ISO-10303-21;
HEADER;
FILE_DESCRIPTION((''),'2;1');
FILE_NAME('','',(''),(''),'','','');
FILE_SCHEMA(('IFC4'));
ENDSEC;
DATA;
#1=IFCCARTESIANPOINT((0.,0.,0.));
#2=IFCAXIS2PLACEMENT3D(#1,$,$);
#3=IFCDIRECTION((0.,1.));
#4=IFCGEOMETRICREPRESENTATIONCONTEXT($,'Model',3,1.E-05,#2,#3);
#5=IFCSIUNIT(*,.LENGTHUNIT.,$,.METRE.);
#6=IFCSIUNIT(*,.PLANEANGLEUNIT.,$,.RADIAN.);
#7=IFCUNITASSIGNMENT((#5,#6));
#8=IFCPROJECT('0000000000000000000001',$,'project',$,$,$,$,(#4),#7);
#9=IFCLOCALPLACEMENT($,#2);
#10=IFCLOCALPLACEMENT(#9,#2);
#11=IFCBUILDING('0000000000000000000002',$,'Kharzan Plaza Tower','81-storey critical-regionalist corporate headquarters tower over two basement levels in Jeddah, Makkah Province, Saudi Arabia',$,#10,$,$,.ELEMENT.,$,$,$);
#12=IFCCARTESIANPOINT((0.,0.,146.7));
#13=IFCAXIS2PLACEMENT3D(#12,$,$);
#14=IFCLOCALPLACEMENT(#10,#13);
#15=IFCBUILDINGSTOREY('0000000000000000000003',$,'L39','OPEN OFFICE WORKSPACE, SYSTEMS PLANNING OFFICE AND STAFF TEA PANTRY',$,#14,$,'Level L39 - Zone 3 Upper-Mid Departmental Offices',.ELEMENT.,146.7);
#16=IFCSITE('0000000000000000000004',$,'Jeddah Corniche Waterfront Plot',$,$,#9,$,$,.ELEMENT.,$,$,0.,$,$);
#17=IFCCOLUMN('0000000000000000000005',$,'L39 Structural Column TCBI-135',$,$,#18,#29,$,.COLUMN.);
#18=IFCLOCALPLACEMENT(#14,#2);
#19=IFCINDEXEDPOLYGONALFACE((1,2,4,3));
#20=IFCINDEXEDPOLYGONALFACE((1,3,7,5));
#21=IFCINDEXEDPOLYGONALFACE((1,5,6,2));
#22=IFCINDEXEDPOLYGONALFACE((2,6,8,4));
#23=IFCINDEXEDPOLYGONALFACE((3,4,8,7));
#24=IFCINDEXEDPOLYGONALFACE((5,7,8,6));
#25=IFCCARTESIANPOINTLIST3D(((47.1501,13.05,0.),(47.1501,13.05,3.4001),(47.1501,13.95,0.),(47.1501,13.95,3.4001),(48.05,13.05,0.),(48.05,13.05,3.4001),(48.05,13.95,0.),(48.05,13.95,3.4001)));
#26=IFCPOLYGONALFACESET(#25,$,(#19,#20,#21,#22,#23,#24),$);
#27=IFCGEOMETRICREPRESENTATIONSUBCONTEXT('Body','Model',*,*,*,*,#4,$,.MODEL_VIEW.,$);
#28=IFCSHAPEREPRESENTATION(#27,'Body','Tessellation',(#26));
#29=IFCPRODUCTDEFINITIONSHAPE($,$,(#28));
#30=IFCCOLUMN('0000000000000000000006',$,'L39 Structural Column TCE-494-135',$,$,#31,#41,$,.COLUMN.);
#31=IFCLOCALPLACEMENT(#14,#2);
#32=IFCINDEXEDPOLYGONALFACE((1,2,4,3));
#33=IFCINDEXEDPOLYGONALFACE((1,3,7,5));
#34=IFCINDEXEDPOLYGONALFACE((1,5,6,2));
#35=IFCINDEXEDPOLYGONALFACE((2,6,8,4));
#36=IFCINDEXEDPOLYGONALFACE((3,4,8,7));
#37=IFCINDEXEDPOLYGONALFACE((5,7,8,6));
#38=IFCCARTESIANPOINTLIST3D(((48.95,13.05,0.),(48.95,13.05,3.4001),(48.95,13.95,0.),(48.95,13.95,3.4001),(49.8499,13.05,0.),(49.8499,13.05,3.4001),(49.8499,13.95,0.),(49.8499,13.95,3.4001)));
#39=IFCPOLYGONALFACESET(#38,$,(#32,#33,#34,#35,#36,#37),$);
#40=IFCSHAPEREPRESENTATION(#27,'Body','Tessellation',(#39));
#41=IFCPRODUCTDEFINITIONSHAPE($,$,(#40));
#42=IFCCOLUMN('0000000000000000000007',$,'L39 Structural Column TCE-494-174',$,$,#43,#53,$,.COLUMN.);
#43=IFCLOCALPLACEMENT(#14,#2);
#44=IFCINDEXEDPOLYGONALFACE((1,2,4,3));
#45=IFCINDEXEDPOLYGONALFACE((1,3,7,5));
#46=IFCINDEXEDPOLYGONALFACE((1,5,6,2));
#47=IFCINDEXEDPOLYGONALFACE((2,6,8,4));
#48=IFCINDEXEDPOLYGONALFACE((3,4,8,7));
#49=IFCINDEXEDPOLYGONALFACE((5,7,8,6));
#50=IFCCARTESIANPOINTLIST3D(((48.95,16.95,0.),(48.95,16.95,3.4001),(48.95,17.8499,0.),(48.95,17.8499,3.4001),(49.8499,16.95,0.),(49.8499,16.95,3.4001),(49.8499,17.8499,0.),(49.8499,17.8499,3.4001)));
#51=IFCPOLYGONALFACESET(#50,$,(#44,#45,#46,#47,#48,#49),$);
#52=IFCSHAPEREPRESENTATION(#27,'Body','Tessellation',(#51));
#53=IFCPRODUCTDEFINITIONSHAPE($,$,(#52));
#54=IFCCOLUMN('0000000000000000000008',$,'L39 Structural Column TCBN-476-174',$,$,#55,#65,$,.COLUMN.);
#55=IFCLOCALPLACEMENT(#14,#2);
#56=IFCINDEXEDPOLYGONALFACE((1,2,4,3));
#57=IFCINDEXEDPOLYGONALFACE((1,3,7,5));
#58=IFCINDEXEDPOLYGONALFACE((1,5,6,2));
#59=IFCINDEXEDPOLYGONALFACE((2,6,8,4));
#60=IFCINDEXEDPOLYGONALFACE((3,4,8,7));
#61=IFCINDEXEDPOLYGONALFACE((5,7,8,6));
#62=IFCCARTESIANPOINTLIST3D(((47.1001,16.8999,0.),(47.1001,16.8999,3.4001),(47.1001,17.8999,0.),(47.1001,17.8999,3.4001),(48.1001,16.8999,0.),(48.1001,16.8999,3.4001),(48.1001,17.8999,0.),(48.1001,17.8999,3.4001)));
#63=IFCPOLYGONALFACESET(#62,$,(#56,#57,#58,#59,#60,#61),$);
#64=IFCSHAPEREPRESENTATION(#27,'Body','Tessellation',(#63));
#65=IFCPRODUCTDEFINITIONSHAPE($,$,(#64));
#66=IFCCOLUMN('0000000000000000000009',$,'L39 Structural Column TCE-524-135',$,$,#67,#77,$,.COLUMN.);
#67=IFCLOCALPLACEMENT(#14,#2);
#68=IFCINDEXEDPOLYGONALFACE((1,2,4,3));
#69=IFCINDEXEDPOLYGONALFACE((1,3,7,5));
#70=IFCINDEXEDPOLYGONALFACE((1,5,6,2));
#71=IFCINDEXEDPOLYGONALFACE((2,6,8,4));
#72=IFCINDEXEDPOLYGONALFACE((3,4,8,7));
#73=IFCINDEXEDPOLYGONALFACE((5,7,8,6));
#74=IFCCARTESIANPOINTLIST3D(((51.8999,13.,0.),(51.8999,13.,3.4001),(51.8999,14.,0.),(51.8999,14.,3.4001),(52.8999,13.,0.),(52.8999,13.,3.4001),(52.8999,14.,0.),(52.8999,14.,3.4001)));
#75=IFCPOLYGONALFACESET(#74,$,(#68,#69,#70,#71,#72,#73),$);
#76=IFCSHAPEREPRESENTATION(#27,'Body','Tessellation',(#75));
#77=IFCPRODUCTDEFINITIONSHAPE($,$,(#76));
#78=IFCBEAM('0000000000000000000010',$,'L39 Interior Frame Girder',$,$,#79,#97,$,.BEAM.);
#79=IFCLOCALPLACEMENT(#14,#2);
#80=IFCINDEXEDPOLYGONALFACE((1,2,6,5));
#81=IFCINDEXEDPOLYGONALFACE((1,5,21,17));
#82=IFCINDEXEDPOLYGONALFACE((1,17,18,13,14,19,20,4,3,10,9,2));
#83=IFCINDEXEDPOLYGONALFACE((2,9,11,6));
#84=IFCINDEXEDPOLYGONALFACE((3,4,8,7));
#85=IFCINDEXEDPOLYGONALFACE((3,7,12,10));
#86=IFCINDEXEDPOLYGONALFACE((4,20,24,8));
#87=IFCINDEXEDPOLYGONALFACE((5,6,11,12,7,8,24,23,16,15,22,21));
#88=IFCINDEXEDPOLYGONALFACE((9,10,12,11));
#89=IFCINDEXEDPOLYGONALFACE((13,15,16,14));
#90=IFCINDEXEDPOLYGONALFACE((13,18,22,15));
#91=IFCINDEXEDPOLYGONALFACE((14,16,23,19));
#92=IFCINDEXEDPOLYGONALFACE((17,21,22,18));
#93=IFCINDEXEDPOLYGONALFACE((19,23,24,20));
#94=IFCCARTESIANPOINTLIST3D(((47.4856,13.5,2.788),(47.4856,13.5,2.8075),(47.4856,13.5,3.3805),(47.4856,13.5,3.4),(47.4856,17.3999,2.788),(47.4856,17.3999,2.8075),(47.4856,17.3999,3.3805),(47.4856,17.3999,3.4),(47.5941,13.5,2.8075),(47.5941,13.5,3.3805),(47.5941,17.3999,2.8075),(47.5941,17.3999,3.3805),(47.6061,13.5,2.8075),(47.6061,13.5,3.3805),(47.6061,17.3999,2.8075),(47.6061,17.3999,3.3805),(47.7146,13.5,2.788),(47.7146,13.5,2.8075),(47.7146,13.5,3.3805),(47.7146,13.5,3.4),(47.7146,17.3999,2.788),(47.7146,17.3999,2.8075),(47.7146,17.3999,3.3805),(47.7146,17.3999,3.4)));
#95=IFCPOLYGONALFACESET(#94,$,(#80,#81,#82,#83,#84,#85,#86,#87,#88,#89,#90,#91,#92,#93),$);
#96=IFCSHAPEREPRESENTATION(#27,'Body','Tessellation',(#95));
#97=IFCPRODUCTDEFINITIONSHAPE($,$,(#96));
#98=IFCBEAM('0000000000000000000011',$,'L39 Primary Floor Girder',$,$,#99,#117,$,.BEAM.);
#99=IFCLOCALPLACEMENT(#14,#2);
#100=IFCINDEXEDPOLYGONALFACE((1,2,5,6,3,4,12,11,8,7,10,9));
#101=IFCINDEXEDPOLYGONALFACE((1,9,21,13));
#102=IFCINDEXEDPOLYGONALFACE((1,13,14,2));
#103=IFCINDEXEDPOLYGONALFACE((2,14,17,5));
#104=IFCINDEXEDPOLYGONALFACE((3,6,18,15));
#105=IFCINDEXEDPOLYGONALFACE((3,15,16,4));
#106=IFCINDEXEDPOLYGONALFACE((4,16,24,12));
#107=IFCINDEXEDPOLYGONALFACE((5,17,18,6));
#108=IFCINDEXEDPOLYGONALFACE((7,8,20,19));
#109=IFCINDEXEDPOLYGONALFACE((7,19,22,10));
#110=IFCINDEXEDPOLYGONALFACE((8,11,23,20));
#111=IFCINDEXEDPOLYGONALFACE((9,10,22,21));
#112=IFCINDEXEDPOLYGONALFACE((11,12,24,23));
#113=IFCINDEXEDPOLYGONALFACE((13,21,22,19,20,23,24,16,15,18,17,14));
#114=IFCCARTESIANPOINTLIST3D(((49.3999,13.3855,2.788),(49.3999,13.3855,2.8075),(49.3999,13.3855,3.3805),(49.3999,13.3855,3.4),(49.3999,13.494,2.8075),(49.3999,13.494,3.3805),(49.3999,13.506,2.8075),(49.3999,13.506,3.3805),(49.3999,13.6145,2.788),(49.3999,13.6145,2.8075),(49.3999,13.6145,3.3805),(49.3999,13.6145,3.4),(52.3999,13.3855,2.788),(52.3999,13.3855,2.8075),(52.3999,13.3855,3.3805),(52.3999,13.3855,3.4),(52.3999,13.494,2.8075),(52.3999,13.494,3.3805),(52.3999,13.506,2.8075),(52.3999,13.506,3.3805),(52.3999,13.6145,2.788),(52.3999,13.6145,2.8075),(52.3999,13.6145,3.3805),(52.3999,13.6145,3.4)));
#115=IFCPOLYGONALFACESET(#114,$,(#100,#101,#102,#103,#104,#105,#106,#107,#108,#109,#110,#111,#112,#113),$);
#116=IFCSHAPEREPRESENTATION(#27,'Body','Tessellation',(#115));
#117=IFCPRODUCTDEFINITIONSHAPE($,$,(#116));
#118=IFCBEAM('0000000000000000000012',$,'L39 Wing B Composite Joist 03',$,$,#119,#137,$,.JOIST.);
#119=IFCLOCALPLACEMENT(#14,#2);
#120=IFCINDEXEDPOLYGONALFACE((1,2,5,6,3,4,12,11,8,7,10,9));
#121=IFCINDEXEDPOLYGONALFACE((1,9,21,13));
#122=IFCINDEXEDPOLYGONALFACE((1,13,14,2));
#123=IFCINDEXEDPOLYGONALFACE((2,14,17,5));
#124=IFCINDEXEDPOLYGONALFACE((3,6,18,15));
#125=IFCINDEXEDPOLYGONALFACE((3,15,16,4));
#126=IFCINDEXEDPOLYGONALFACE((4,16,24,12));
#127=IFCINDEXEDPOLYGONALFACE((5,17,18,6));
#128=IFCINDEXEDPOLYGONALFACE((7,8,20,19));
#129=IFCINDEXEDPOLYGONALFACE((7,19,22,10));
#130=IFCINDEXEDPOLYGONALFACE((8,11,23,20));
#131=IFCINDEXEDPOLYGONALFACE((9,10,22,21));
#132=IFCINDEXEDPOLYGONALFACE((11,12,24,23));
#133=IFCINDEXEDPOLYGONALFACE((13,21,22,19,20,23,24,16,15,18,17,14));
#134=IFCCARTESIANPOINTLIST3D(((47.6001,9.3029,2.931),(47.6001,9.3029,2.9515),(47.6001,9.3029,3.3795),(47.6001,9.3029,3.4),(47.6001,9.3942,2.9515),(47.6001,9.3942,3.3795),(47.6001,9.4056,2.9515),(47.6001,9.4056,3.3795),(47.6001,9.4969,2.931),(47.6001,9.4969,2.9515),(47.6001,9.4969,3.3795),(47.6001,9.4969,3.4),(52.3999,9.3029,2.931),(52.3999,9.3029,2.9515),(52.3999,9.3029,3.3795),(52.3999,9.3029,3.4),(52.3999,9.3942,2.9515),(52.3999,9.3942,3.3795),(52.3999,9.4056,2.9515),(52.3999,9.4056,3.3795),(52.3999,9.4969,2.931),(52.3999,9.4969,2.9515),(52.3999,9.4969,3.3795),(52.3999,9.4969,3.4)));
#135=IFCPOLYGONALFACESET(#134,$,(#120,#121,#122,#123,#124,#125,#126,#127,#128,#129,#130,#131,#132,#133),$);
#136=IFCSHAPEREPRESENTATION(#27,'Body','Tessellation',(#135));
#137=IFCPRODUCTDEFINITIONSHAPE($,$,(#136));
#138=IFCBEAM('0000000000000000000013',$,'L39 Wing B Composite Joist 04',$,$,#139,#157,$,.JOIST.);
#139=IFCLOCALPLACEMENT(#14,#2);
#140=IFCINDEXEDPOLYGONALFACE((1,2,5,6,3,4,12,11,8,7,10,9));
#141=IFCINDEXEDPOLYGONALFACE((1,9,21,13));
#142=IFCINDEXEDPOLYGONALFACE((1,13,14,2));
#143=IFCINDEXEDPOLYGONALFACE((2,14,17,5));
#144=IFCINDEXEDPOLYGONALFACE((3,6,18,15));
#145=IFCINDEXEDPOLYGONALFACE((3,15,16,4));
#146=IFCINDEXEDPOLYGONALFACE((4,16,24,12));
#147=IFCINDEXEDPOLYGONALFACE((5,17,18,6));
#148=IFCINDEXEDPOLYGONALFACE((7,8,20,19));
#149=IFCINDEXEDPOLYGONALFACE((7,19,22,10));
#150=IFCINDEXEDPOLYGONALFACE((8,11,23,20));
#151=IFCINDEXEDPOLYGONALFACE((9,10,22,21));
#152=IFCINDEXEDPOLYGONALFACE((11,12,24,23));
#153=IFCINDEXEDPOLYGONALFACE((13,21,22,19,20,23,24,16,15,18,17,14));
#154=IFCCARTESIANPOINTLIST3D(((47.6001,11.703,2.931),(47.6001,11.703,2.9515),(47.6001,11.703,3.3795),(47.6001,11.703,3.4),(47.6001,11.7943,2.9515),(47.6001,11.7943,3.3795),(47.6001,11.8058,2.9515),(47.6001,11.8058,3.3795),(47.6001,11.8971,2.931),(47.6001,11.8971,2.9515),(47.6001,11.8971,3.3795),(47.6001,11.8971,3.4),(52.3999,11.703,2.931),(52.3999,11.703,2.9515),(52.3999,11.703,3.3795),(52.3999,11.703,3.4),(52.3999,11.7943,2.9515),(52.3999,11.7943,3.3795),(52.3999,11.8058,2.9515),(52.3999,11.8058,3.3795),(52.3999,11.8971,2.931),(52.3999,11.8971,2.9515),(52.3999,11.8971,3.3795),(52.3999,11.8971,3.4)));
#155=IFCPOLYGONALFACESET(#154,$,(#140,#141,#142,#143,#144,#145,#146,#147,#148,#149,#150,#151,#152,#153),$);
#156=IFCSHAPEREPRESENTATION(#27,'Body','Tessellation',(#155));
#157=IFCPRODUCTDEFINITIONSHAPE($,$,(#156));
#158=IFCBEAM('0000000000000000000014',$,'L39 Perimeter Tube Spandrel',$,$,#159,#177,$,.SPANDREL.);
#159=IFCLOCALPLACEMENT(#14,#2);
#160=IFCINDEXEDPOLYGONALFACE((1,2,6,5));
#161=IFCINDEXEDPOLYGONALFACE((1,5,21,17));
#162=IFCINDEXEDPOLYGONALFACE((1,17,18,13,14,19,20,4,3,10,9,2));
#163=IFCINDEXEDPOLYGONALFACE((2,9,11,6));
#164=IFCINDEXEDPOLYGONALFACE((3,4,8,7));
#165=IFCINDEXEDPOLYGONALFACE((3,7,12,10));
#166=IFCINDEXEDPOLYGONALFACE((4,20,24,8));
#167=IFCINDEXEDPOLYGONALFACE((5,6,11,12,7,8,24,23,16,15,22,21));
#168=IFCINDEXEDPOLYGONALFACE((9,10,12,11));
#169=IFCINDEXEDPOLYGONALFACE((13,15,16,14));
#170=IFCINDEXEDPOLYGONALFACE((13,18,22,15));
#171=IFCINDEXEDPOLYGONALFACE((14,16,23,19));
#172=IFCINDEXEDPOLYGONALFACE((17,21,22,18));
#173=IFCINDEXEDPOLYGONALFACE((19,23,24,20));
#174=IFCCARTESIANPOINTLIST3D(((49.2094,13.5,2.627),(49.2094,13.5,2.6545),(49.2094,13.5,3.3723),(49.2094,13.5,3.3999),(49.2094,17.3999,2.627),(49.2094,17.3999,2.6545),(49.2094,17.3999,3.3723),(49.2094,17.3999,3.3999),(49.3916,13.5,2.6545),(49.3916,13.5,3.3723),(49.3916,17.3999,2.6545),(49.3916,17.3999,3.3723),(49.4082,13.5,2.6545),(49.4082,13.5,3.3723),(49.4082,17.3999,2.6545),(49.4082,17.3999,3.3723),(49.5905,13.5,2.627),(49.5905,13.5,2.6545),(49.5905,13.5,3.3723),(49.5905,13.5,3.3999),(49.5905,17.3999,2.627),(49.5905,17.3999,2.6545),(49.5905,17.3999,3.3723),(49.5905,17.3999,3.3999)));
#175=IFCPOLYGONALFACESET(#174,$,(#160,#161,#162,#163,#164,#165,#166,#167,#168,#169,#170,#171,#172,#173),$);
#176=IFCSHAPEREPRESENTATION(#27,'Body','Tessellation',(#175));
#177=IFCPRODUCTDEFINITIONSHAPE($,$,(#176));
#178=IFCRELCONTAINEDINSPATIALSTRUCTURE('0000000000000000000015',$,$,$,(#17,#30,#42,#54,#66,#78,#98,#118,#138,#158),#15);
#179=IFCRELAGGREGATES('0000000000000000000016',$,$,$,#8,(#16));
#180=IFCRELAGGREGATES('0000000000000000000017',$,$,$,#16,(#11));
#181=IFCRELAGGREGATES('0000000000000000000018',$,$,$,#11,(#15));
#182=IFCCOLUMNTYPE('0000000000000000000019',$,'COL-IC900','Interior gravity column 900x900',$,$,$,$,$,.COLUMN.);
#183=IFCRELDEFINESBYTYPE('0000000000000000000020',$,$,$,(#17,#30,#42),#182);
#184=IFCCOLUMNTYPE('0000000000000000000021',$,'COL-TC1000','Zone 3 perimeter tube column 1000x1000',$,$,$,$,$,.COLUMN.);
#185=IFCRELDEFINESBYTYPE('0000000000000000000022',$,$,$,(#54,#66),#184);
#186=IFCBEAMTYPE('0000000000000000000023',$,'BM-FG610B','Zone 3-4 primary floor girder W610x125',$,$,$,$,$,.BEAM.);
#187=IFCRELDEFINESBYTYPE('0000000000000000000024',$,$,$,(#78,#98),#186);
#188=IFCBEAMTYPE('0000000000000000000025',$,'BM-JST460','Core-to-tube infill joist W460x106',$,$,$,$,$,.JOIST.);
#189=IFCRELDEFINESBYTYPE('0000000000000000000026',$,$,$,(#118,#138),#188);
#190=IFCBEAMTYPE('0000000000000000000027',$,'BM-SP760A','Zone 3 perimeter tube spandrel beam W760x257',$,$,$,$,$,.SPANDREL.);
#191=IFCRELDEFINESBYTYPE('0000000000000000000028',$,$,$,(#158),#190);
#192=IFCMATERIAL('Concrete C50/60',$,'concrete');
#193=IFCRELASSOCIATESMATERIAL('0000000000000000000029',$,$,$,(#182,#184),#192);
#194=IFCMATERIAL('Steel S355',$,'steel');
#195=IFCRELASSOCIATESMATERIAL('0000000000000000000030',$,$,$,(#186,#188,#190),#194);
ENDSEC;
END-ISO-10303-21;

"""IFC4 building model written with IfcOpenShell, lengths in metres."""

from ifc_helpers import new_model, si_unit, direction, frame, origin, origin_2d, place, context, subcontext, project, spatial, rectangle, i_section, extrude, source, transform, mapped, material, material_profile, profile_set, type_object, element, save


model = new_model("IFC4")

# Units and contexts
model_context = context("Model", 3, precision=1e-05, world=origin(), true_north=direction((0.0, 1.0)))
body_context = subcontext(model_context, "Body", "Model", "MODEL_VIEW")
ifc_project = project(units=[si_unit("LENGTHUNIT", "METRE"), si_unit("PLANEANGLEUNIT", "RADIAN")], contexts=[model_context])

# Site, building, storey
site_placement = place(None, origin())
site = spatial("IfcSite", under=ifc_project, at=site_placement, Name="Jeddah Corniche Waterfront Plot", CompositionType="ELEMENT", RefElevation=0.0)
building_placement = place(site_placement, origin())
building = spatial("IfcBuilding", under=site, at=building_placement, Name="Kharzan Plaza Tower", Description="81-storey critical-regionalist corporate headquarters tower over two basement levels in Jeddah, Makkah Province, Saudi Arabia", CompositionType="ELEMENT")
storey_placement = place(building_placement, frame((0.0, 0.0, 146.7)))
storey = spatial("IfcBuildingStorey", under=building, at=storey_placement, Name="L39", Description="OPEN OFFICE WORKSPACE, SYSTEMS PLANNING OFFICE AND STAFF TEA PANTRY", LongName="Level L39 - Zone 3 Upper-Mid Departmental Offices", CompositionType="ELEMENT", Elevation=146.7)

# Columns
ifc_material_1 = material(Name="Concrete C50/60", Category="concrete")
ifc_material_profile_1 = material_profile(ifc_material_1, rectangle(XDim=0.8999, YDim=0.8999, at=origin_2d()), Name="RC-IC900x900")
ifc_profile_set_1 = profile_set([ifc_material_profile_1], Name="Concrete C50/60")
column_type_1 = type_object("IfcColumnType", Name="COL-IC900", Description="Interior gravity column 900x900", PredefinedType="COLUMN", material=ifc_profile_set_1)
shared_shape_1 = source(origin(), body_context, "Body", "SweptSolid", [
    extrude(rectangle(XDim=0.8999, YDim=0.8999, at=origin_2d()), origin(), (0.0, 0.0, 1.0), 3.4001),
])
for number, where, z_axis, x_axis, name in (
    (1, (47.6001, 13.5, 0.0), (0.0, 0.0, 1.0), (1.0, 0.0, 0.0), "L39 Structural Column TCBI-135"),
    (2, (49.3999, 13.5, 0.0), (0.0, 0.0, 1.0), (1.0, 0.0, 0.0), "L39 Structural Column TCE-494-135"),
    (3, (49.3999, 17.3999, 0.0), (0.0, 0.0, 1.0), (1.0, 0.0, 0.0), "L39 Structural Column TCE-494-174"),
):
    element("IfcColumn", number, at=place(storey_placement, frame(where, z_axis=z_axis, x_axis=x_axis)), inside=storey, type_object=column_type_1, Name=name, PredefinedType="COLUMN", context=body_context, shape_type="MappedRepresentation", body=[
        mapped(shared_shape_1, transform((0.0, 0.0, 0.0), x_axis=(1.0, 0.0, 0.0), y_axis=(0.0, 1.0, 0.0), z_axis=(0.0, 0.0, 1.0))),
    ])
ifc_material_profile_2 = material_profile(ifc_material_1, rectangle(XDim=1.0, YDim=1.0, at=origin_2d()), Name="RC-TC1000x1000")
ifc_profile_set_2 = profile_set([ifc_material_profile_2], Name="Concrete C50/60")
column_type_2 = type_object("IfcColumnType", Name="COL-TC1000", Description="Zone 3 perimeter tube column 1000x1000", PredefinedType="COLUMN", material=ifc_profile_set_2)
shared_shape_2 = source(origin(), body_context, "Body", "SweptSolid", [
    extrude(rectangle(XDim=1.0, YDim=1.0, at=origin_2d()), origin(), (0.0, 0.0, 1.0), 3.4001),
])
for number, where, z_axis, x_axis, name in (
    (4, (47.6001, 17.3999, 0.0), (0.0, 0.0, 1.0), (1.0, 0.0, 0.0), "L39 Structural Column TCBN-476-174"),
    (5, (52.3999, 13.5, 0.0), (0.0, 0.0, 1.0), (1.0, 0.0, 0.0), "L39 Structural Column TCE-524-135"),
):
    element("IfcColumn", number, at=place(storey_placement, frame(where, z_axis=z_axis, x_axis=x_axis)), inside=storey, type_object=column_type_2, Name=name, PredefinedType="COLUMN", context=body_context, shape_type="MappedRepresentation", body=[
        mapped(shared_shape_2, transform((0.0, 0.0, 0.0), x_axis=(1.0, 0.0, 0.0), y_axis=(0.0, 1.0, 0.0), z_axis=(0.0, 0.0, 1.0))),
    ])

# Beams
ifc_material_2 = material(Name="Steel S355", Category="steel")
ifc_material_profile_3 = material_profile(ifc_material_2, i_section(OverallWidth=0.229, OverallDepth=0.6121, WebThickness=0.012, FlangeThickness=0.0195, at=origin_2d()), Name="W610x125")
ifc_profile_set_3 = profile_set([ifc_material_profile_3], Name="Steel S355")
beam_type_1 = type_object("IfcBeamType", Name="BM-FG610B", Description="Zone 3-4 primary floor girder W610x125", PredefinedType="BEAM", material=ifc_profile_set_3)
shared_shape_3 = source(origin(), body_context, "Body", "SweptSolid", [
    extrude(i_section(OverallWidth=0.229, OverallDepth=0.6121, WebThickness=0.012, FlangeThickness=0.0195, at=origin_2d()), origin(), (0.0, 0.0, 1.0), 3.8999),
])
beam_1_placement = place(storey_placement, frame((47.6001, 13.5, 3.094), z_axis=(0.0, 1.0, 0.0), x_axis=(-1.0, 0.0, 0.0)))
element("IfcBeam", 6, at=beam_1_placement, inside=storey, type_object=beam_type_1, Name="L39 Interior Frame Girder", PredefinedType="BEAM", context=body_context, shape_type="MappedRepresentation", body=[
    mapped(shared_shape_3, transform((0.0, 0.0, 0.0), x_axis=(1.0, 0.0, 0.0), y_axis=(0.0, 1.0, 0.0), z_axis=(0.0, 0.0, 1.0))),
])
shared_shape_4 = source(origin(), body_context, "Body", "SweptSolid", [
    extrude(i_section(OverallWidth=0.229, OverallDepth=0.6121, WebThickness=0.012, FlangeThickness=0.0195, at=origin_2d()), origin(), (0.0, 0.0, 1.0), 3.0),
])
beam_2_placement = place(storey_placement, frame((49.3999, 13.5, 3.094), z_axis=(1.0, 0.0, 0.0), x_axis=(0.0, 1.0, 0.0)))
element("IfcBeam", 7, at=beam_2_placement, inside=storey, type_object=beam_type_1, Name="L39 Primary Floor Girder", PredefinedType="BEAM", context=body_context, shape_type="MappedRepresentation", body=[
    mapped(shared_shape_4, transform((0.0, 0.0, 0.0), x_axis=(1.0, 0.0, 0.0), y_axis=(0.0, 1.0, 0.0), z_axis=(0.0, 0.0, 1.0))),
])
ifc_material_profile_4 = material_profile(ifc_material_2, i_section(OverallWidth=0.1941, OverallDepth=0.469, WebThickness=0.0115, FlangeThickness=0.0205, at=origin_2d()), Name="W460x106")
ifc_profile_set_4 = profile_set([ifc_material_profile_4], Name="Steel S355")
beam_type_2 = type_object("IfcBeamType", Name="BM-JST460", Description="Core-to-tube infill joist W460x106", PredefinedType="JOIST", material=ifc_profile_set_4)
shared_shape_5 = source(origin(), body_context, "Body", "SweptSolid", [
    extrude(i_section(OverallWidth=0.1941, OverallDepth=0.469, WebThickness=0.0115, FlangeThickness=0.0205, at=origin_2d()), origin(), (0.0, 0.0, 1.0), 4.7998),
])
for number, where, z_axis, x_axis, name in (
    (8, (47.6001, 9.3999, 3.1655), (1.0, 0.0, 0.0), (0.0, 1.0, 0.0), "L39 Wing B Composite Joist 03"),
    (9, (47.6001, 11.8, 3.1655), (1.0, 0.0, 0.0), (0.0, 1.0, 0.0), "L39 Wing B Composite Joist 04"),
):
    element("IfcBeam", number, at=place(storey_placement, frame(where, z_axis=z_axis, x_axis=x_axis)), inside=storey, type_object=beam_type_2, Name=name, PredefinedType="JOIST", context=body_context, shape_type="MappedRepresentation", body=[
        mapped(shared_shape_5, transform((0.0, 0.0, 0.0), x_axis=(1.0, 0.0, 0.0), y_axis=(0.0, 1.0, 0.0), z_axis=(0.0, 0.0, 1.0))),
    ])
ifc_material_profile_5 = material_profile(ifc_material_2, i_section(OverallWidth=0.3811, OverallDepth=0.7729, WebThickness=0.0166, FlangeThickness=0.0276, at=origin_2d()), Name="W760x257")
ifc_profile_set_5 = profile_set([ifc_material_profile_5], Name="Steel S355")
beam_type_3 = type_object("IfcBeamType", Name="BM-SP760A", Description="Zone 3 perimeter tube spandrel beam W760x257", PredefinedType="SPANDREL", material=ifc_profile_set_5)
shared_shape_6 = source(origin(), body_context, "Body", "SweptSolid", [
    extrude(i_section(OverallWidth=0.3811, OverallDepth=0.7729, WebThickness=0.0166, FlangeThickness=0.0276, at=origin_2d()), origin(), (0.0, 0.0, 1.0), 3.8999),
])
beam_3_placement = place(storey_placement, frame((49.3999, 13.5, 3.0134), z_axis=(0.0, 1.0, 0.0), x_axis=(-1.0, 0.0, 0.0)))
element("IfcBeam", 10, at=beam_3_placement, inside=storey, type_object=beam_type_3, Name="L39 Perimeter Tube Spandrel", PredefinedType="SPANDREL", context=body_context, shape_type="MappedRepresentation", body=[
    mapped(shared_shape_6, transform((0.0, 0.0, 0.0), x_axis=(1.0, 0.0, 0.0), y_axis=(0.0, 1.0, 0.0), z_axis=(0.0, 0.0, 1.0))),
])

save(model, "model.ifc")
